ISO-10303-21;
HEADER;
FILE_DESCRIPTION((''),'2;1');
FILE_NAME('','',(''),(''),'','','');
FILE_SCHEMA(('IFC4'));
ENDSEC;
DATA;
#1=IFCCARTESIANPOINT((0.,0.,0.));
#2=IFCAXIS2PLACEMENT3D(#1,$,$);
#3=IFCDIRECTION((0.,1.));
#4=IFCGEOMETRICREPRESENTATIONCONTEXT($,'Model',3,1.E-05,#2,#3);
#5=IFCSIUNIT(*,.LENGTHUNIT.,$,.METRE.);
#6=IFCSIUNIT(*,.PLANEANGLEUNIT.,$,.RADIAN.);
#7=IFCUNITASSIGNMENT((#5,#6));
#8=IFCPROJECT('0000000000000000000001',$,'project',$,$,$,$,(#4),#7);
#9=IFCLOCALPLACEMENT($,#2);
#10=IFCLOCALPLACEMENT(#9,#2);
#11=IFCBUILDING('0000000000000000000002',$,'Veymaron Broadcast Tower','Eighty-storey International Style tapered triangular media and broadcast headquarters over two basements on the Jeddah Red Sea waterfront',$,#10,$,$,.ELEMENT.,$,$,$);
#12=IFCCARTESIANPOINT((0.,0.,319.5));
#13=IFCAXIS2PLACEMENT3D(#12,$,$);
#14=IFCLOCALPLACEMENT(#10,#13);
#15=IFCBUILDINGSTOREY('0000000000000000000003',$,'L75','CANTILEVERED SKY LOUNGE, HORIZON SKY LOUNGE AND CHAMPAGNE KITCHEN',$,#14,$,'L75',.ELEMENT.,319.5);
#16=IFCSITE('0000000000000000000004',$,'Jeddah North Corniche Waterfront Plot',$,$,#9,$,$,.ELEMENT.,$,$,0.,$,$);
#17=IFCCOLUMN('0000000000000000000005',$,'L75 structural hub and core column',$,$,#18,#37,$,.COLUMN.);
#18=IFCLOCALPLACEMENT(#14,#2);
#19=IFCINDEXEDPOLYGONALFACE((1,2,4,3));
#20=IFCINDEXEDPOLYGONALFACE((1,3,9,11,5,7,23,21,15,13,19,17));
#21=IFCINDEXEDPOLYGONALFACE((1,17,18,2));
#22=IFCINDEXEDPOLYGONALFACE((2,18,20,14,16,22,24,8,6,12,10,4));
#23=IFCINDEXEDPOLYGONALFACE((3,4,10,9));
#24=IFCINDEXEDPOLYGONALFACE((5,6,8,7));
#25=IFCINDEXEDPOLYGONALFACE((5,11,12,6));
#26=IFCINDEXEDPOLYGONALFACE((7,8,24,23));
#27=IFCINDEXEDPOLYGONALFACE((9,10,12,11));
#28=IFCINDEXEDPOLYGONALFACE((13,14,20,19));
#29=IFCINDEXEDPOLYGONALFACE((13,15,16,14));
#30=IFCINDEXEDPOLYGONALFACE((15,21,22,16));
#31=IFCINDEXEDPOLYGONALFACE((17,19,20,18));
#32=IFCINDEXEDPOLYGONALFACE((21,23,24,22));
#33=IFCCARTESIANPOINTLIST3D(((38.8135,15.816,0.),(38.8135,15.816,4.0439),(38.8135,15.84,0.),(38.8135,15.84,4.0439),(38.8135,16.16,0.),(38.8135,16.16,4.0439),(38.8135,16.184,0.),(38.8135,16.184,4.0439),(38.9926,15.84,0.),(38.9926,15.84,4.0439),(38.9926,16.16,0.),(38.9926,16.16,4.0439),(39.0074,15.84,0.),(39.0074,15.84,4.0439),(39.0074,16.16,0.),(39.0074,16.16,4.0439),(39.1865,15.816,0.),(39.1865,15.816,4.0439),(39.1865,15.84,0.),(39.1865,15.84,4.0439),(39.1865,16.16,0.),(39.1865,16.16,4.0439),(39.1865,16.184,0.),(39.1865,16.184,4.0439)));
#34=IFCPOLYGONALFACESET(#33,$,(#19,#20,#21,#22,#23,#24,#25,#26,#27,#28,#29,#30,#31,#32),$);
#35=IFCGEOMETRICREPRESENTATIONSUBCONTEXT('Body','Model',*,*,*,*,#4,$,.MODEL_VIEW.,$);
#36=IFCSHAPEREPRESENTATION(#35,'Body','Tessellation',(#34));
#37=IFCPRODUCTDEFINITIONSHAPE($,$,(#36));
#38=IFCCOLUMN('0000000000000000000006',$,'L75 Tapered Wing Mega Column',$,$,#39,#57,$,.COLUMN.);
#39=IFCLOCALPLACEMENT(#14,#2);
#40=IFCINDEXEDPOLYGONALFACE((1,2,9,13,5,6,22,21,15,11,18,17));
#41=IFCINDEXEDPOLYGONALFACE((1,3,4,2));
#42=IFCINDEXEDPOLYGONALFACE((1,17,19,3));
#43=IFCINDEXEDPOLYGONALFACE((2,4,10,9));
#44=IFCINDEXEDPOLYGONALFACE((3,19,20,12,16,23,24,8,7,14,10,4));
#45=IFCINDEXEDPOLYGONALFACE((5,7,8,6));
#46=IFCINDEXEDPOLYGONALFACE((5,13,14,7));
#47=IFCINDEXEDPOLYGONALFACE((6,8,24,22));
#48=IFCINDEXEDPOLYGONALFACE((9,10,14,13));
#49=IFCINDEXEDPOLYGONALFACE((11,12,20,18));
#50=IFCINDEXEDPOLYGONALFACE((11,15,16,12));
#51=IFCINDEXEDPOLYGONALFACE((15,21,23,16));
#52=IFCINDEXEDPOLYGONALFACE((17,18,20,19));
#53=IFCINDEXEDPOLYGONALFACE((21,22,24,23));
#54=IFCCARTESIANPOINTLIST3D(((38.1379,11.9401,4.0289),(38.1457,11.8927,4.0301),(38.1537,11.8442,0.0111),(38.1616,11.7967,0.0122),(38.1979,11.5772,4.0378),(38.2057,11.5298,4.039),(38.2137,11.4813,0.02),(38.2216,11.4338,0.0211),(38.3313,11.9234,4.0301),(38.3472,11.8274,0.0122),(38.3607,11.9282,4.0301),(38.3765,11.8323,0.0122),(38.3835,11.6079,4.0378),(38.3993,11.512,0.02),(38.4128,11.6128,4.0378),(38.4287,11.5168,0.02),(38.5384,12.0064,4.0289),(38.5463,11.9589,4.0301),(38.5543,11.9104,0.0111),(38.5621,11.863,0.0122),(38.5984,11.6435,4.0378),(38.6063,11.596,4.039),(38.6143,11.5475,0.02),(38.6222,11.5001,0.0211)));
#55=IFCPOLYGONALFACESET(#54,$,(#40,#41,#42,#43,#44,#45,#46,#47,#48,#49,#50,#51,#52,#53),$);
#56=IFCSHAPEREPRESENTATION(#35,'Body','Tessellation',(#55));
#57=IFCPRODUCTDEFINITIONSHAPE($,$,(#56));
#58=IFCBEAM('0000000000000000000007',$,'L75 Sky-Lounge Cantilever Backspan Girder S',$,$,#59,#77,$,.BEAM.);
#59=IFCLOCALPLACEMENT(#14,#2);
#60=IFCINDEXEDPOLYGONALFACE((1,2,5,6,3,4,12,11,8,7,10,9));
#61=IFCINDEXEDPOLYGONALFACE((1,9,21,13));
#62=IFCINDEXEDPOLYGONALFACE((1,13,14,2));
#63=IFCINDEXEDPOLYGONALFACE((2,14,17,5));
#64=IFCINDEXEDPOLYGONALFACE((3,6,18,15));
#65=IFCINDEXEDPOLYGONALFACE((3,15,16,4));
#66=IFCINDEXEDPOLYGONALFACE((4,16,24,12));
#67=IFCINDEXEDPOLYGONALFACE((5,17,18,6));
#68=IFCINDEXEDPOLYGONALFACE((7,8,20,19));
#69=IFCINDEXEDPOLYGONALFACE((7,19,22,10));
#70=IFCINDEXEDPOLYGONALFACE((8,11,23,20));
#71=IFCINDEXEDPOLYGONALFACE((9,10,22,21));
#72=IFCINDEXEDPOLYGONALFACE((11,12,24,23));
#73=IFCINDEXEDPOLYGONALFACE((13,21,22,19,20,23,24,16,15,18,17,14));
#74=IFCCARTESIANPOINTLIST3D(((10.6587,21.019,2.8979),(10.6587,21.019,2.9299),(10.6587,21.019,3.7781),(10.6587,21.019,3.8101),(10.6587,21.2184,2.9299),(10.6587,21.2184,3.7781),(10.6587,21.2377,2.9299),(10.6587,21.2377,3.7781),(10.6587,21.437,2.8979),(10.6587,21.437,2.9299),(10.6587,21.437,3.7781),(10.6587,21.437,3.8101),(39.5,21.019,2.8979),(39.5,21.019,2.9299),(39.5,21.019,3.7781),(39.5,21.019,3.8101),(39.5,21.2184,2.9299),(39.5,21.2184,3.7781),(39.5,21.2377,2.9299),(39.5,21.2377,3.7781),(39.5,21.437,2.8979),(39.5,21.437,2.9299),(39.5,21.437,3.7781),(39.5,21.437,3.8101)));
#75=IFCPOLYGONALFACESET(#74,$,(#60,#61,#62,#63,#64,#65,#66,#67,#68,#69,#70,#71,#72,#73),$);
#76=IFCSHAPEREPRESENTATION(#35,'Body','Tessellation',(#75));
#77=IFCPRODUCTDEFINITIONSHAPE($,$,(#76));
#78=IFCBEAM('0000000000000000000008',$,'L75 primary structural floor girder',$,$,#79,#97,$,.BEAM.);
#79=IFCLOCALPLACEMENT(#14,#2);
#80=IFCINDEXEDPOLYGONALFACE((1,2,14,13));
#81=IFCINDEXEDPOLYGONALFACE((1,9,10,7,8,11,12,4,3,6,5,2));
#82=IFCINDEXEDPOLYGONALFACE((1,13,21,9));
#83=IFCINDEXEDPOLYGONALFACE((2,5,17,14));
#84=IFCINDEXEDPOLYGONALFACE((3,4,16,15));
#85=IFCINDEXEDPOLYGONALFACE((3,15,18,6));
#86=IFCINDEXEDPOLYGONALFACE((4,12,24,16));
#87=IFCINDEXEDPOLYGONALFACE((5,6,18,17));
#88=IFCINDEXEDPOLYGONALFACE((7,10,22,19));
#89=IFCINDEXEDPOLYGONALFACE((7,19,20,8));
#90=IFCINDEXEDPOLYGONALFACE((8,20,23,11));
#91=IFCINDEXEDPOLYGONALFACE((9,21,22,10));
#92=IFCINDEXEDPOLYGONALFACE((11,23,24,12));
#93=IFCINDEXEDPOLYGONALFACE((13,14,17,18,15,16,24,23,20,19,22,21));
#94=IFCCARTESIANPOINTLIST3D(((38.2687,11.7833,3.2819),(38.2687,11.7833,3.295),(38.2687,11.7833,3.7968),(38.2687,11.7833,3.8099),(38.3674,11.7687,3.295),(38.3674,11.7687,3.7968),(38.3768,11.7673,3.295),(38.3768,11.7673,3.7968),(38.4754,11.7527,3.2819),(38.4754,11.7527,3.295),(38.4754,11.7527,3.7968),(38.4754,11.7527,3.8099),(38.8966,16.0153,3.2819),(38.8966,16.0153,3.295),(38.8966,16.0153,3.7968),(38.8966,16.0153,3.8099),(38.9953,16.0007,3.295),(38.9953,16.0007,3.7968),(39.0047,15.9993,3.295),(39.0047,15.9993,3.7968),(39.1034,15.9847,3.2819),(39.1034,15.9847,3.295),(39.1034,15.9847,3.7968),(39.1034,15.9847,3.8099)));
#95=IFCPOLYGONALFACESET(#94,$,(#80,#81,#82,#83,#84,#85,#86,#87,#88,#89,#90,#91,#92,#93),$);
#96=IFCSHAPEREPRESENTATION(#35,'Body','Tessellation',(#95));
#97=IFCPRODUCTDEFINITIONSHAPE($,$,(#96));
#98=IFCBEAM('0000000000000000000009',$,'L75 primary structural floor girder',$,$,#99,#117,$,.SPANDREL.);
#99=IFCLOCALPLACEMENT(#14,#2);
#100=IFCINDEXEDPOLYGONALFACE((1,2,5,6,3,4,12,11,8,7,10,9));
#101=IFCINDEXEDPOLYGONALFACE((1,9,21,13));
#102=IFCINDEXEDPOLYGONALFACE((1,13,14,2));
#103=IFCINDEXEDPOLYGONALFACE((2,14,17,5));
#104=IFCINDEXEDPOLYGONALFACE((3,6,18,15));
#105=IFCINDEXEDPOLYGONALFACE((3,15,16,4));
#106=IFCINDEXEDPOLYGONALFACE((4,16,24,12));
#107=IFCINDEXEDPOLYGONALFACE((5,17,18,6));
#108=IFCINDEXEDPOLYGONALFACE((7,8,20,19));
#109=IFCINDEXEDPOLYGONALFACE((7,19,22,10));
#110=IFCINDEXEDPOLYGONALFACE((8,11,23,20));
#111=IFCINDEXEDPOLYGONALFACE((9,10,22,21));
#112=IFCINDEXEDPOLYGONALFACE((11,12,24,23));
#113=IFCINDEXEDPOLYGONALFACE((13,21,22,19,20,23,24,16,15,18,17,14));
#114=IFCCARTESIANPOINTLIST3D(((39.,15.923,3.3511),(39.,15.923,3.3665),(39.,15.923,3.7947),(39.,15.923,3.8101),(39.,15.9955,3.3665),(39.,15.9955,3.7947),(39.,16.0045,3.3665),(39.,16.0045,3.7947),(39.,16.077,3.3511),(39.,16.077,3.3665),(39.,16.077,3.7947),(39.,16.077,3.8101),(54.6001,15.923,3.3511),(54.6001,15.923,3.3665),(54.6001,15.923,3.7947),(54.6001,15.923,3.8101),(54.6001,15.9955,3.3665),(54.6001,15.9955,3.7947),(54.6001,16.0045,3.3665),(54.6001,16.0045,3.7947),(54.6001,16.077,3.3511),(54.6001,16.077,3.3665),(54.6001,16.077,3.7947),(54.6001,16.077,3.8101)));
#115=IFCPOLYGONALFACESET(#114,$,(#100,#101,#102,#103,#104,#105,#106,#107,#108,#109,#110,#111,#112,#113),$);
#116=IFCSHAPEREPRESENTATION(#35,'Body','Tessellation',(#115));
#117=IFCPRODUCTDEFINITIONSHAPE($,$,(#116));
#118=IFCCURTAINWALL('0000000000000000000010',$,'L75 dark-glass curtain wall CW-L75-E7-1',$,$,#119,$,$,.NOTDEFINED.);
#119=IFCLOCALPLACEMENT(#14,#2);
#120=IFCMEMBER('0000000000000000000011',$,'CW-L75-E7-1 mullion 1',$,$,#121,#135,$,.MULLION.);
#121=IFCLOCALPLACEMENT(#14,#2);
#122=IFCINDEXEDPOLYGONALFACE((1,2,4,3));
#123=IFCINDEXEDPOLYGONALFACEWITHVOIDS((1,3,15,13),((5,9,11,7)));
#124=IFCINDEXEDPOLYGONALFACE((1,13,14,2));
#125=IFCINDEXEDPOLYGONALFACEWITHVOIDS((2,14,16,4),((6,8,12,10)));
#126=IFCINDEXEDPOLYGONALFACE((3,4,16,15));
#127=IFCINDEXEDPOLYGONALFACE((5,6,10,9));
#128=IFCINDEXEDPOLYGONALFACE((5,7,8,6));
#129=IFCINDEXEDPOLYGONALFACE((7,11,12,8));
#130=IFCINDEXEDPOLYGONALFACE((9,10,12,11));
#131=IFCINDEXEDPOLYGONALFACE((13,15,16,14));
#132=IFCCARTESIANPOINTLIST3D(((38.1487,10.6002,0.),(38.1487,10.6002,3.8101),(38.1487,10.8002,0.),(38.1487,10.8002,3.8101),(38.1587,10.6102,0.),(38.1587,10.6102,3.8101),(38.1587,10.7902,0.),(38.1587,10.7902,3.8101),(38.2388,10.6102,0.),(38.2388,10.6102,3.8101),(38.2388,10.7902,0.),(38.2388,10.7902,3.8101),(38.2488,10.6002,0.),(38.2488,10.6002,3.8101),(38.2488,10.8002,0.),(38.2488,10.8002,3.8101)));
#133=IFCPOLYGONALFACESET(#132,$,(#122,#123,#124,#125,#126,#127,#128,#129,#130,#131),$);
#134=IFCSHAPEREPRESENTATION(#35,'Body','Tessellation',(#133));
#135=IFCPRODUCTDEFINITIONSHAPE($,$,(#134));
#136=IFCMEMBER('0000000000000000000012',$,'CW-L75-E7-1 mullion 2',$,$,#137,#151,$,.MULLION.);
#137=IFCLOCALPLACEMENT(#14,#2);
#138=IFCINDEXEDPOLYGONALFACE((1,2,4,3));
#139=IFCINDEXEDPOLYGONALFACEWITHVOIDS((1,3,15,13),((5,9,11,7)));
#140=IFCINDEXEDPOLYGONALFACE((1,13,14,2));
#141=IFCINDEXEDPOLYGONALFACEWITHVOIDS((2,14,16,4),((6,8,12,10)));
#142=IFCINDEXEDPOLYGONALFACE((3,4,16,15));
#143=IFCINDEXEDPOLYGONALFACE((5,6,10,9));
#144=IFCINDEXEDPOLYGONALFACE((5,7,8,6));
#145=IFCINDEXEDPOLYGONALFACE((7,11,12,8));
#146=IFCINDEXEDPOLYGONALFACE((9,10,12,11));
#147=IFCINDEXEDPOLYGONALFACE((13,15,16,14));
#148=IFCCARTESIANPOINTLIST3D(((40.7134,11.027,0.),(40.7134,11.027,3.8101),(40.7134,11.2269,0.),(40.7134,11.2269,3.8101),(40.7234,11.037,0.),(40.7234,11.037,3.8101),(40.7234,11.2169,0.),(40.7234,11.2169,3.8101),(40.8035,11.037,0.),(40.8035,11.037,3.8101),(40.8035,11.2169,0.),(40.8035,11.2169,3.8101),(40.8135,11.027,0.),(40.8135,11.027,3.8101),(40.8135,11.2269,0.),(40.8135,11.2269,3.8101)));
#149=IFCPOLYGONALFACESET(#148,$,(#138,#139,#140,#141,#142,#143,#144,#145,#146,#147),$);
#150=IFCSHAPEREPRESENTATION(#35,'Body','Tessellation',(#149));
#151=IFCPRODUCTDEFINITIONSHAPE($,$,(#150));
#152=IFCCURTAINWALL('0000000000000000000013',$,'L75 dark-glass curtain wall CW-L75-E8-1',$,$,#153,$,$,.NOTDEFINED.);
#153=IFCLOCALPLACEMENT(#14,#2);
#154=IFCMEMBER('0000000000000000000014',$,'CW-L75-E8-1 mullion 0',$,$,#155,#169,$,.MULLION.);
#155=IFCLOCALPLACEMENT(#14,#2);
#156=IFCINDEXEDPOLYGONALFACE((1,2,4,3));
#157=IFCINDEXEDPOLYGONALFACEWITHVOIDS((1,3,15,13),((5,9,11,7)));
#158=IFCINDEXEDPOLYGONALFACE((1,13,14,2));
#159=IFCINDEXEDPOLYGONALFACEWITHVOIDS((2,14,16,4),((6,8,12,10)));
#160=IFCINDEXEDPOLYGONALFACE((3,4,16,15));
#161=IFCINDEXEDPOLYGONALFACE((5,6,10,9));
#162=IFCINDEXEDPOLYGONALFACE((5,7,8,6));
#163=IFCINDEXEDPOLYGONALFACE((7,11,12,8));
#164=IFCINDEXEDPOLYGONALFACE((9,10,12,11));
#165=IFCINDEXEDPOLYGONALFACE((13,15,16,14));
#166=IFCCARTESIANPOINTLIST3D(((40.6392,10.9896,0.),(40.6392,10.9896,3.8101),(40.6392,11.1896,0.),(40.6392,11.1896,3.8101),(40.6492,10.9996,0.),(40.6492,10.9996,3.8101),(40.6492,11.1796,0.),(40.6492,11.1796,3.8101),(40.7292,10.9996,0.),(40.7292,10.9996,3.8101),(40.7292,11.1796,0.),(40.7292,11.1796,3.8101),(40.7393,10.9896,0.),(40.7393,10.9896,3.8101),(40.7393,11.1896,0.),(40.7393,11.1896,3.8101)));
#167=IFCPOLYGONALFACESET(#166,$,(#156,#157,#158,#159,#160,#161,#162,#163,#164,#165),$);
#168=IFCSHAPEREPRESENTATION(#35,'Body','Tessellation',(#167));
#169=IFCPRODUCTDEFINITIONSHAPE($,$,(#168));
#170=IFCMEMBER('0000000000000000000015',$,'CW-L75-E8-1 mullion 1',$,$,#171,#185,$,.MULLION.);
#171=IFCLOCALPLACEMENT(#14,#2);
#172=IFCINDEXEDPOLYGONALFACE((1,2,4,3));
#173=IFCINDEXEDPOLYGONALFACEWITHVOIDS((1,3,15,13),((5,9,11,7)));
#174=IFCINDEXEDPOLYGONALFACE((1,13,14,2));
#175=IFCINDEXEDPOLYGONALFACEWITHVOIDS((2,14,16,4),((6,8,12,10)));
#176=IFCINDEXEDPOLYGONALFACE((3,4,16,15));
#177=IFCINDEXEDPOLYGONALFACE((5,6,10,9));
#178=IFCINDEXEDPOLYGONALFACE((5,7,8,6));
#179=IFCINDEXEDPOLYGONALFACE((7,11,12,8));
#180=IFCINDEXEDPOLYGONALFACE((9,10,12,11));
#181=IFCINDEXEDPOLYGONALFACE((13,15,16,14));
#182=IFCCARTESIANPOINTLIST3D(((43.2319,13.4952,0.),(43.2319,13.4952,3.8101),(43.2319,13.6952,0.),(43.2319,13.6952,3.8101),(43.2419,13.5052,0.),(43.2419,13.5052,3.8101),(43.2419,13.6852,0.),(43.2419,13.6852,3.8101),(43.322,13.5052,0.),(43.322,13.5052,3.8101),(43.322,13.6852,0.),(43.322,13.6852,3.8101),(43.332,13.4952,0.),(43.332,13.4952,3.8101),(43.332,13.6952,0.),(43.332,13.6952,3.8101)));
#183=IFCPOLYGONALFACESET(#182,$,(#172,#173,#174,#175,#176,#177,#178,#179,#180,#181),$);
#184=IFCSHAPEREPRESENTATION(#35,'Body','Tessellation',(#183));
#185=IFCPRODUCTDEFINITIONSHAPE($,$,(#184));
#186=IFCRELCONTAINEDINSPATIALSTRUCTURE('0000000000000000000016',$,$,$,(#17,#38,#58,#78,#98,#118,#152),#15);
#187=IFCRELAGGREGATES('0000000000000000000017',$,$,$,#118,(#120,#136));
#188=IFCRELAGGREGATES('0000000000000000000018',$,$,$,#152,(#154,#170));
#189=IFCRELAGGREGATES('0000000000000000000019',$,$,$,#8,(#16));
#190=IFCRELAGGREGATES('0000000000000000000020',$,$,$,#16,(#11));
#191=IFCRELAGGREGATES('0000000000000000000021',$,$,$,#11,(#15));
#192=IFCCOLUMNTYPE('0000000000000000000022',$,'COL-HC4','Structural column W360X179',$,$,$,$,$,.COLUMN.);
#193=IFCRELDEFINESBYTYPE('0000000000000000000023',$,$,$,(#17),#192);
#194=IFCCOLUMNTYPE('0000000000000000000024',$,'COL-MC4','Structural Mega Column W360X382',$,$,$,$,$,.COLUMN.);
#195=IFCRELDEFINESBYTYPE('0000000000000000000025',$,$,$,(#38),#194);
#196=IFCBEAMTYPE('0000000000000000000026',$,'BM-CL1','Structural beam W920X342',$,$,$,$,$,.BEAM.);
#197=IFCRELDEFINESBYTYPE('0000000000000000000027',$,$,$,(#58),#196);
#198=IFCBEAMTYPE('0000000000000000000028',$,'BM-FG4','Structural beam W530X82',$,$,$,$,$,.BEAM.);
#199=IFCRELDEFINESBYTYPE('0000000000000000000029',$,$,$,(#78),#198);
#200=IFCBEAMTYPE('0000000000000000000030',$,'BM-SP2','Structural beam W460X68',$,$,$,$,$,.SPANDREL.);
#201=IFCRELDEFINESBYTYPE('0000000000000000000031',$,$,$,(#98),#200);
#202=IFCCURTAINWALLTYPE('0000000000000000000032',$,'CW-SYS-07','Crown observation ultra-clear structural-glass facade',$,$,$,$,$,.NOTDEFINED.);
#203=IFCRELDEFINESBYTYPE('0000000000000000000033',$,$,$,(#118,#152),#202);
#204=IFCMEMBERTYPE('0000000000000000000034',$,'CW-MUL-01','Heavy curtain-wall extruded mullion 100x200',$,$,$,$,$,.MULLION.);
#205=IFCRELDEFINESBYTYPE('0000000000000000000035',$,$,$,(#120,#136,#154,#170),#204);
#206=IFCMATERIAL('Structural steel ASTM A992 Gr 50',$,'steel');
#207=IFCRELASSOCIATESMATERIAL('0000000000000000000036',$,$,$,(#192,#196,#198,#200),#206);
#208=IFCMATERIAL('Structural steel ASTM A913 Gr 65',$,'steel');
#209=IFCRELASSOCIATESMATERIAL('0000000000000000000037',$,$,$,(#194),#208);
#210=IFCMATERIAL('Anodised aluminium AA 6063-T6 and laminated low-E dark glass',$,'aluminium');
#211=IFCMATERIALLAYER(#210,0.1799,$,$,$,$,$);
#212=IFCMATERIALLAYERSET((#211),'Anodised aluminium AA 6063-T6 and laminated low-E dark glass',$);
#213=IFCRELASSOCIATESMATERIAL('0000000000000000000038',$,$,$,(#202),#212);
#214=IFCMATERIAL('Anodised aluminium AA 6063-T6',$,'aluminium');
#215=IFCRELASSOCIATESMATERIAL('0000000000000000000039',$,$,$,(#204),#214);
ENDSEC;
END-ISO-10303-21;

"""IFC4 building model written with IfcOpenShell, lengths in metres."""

from ifc_helpers import new_model, si_unit, direction, frame, origin, origin_2d, place, context, subcontext, project, spatial, hollow_rectangle, i_section, extrude, material, layer, layer_set, material_profile, profile_set, type_object, element, aggregate, save


model = new_model("IFC4")

# Units and contexts
model_context = context("Model", 3, precision=1e-05, world=origin(), true_north=direction((0.0, 1.0)))
body_context = subcontext(model_context, "Body", "Model", "MODEL_VIEW")
ifc_project = project(units=[si_unit("LENGTHUNIT", "METRE"), si_unit("PLANEANGLEUNIT", "RADIAN")], contexts=[model_context])

# Site, building, storey
site_placement = place(None, origin())
site = spatial("IfcSite", under=ifc_project, at=site_placement, Name="Jeddah North Corniche Waterfront Plot", CompositionType="ELEMENT", RefElevation=0.0)
building_placement = place(site_placement, origin())
building = spatial("IfcBuilding", under=site, at=building_placement, Name="Veymaron Broadcast Tower", Description="Eighty-storey International Style tapered triangular media and broadcast headquarters over two basements on the Jeddah Red Sea waterfront", CompositionType="ELEMENT")
storey_placement = place(building_placement, frame((0.0, 0.0, 319.5)))
storey = spatial("IfcBuildingStorey", under=building, at=storey_placement, Name="L75", Description="CANTILEVERED SKY LOUNGE, HORIZON SKY LOUNGE AND CHAMPAGNE KITCHEN", LongName="L75", CompositionType="ELEMENT", Elevation=319.5)

# Columns
ifc_material_1 = material(Name="Structural steel ASTM A992 Gr 50", Category="steel")
ifc_material_profile_1 = material_profile(ifc_material_1, i_section(OverallWidth=0.373, OverallDepth=0.3679, WebThickness=0.0149, FlangeThickness=0.0239, at=origin_2d()), Name="W360X179")
ifc_profile_set_1 = profile_set([ifc_material_profile_1], Name="Structural steel ASTM A992 Gr 50")
column_type_1 = type_object("IfcColumnType", Name="COL-HC4", Description="Structural column W360X179", PredefinedType="COLUMN", material=ifc_profile_set_1)
column_1_placement = place(storey_placement, frame((39.0, 16.0, 0.0), z_axis=(0.0, 0.0, 1.0), x_axis=(1.0, 0.0, 0.0)))
element("IfcColumn", 1, at=column_1_placement, inside=storey, type_object=column_type_1, Name="L75 structural hub and core column", PredefinedType="COLUMN", context=body_context, shape_type="SweptSolid", body=[
    extrude(i_section(OverallWidth=0.373, OverallDepth=0.3679, WebThickness=0.0149, FlangeThickness=0.0239, at=origin_2d()), origin(), (0.0, 0.0, 1.0), 4.0439),
])
ifc_material_2 = material(Name="Structural steel ASTM A913 Gr 65", Category="steel")
ifc_material_profile_2 = material_profile(ifc_material_2, i_section(OverallWidth=0.406, OverallDepth=0.416, WebThickness=0.0298, FlangeThickness=0.0481, at=origin_2d()), Name="W360X382")
ifc_profile_set_2 = profile_set([ifc_material_profile_2], Name="Structural steel ASTM A913 Gr 65")
column_type_2 = type_object("IfcColumnType", Name="COL-MC4", Description="Structural Mega Column W360X382", PredefinedType="COLUMN", material=ifc_profile_set_2)
column_2_placement = place(storey_placement, frame((38.3879, 11.6721, 0.0161), z_axis=(-0.003949, 0.023873, 0.999707), x_axis=(-0.986597, -0.163178, 0.0)))
element("IfcColumn", 2, at=column_2_placement, inside=storey, type_object=column_type_2, Name="L75 Tapered Wing Mega Column", PredefinedType="COLUMN", context=body_context, shape_type="SweptSolid", body=[
    extrude(i_section(OverallWidth=0.406, OverallDepth=0.416, WebThickness=0.0298, FlangeThickness=0.0481, at=origin_2d()), origin(), (0.0, 0.0, 1.0), 4.019),
])

# Beams
ifc_material_profile_3 = material_profile(ifc_material_1, i_section(OverallWidth=0.418, OverallDepth=0.9121, WebThickness=0.0193, FlangeThickness=0.032, at=origin_2d()), Name="W920X342")
ifc_profile_set_3 = profile_set([ifc_material_profile_3], Name="Structural steel ASTM A992 Gr 50")
beam_type_1 = type_object("IfcBeamType", Name="BM-CL1", Description="Structural beam W920X342", PredefinedType="BEAM", material=ifc_profile_set_3)
beam_1_placement = place(storey_placement, frame((39.5, 21.228, 3.354), z_axis=(-1.0, 0.0, 0.0), x_axis=(0.0, -1.0, 0.0)))
element("IfcBeam", 3, at=beam_1_placement, inside=storey, type_object=beam_type_1, Name="L75 Sky-Lounge Cantilever Backspan Girder S", PredefinedType="BEAM", context=body_context, shape_type="SweptSolid", body=[
    extrude(i_section(OverallWidth=0.418, OverallDepth=0.9121, WebThickness=0.0193, FlangeThickness=0.032, at=origin_2d()), origin(), (0.0, 0.0, 1.0), 28.8413),
])
ifc_material_profile_4 = material_profile(ifc_material_1, i_section(OverallWidth=0.209, OverallDepth=0.5281, WebThickness=0.0095, FlangeThickness=0.0132, at=origin_2d()), Name="W530X82")
ifc_profile_set_4 = profile_set([ifc_material_profile_4], Name="Structural steel ASTM A992 Gr 50")
beam_type_2 = type_object("IfcBeamType", Name="BM-FG4", Description="Structural beam W530X82", PredefinedType="BEAM", material=ifc_profile_set_4)
beam_2_placement = place(storey_placement, frame((39.0, 16.0, 3.5459), z_axis=(-0.146772, -0.98917, 0.0), x_axis=(0.98917, -0.146772, 0.0)))
element("IfcBeam", 4, at=beam_2_placement, inside=storey, type_object=beam_type_2, Name="L75 primary structural floor girder", PredefinedType="BEAM", context=body_context, shape_type="SweptSolid", body=[
    extrude(i_section(OverallWidth=0.209, OverallDepth=0.5281, WebThickness=0.0095, FlangeThickness=0.0132, at=origin_2d()), origin(), (0.0, 0.0, 1.0), 4.2783),
])
ifc_material_profile_5 = material_profile(ifc_material_1, i_section(OverallWidth=0.1541, OverallDepth=0.459, WebThickness=0.009, FlangeThickness=0.0154, at=origin_2d()), Name="W460X68")
ifc_profile_set_5 = profile_set([ifc_material_profile_5], Name="Structural steel ASTM A992 Gr 50")
beam_type_3 = type_object("IfcBeamType", Name="BM-SP2", Description="Structural beam W460X68", PredefinedType="SPANDREL", material=ifc_profile_set_5)
beam_3_placement = place(storey_placement, frame((39.0, 16.0, 3.5806), z_axis=(1.0, 0.0, 0.0), x_axis=(0.0, 1.0, 0.0)))
element("IfcBeam", 5, at=beam_3_placement, inside=storey, type_object=beam_type_3, Name="L75 primary structural floor girder", PredefinedType="SPANDREL", context=body_context, shape_type="SweptSolid", body=[
    extrude(i_section(OverallWidth=0.1541, OverallDepth=0.459, WebThickness=0.009, FlangeThickness=0.0154, at=origin_2d()), origin(), (0.0, 0.0, 1.0), 15.6001),
])

# Curtain walls, members
ifc_material_3 = material(Name="Anodised aluminium AA 6063-T6 and laminated low-E dark glass", Category="aluminium")
ifc_layer_1 = layer(ifc_material_3, 0.1799)
ifc_layer_set_1 = layer_set([ifc_layer_1], Name="Anodised aluminium AA 6063-T6 and laminated low-E dark glass")
curtain_wall_type = type_object("IfcCurtainWallType", Name="CW-SYS-07", Description="Crown observation ultra-clear structural-glass facade", PredefinedType="NOTDEFINED", material=ifc_layer_set_1)
curtain_wall_1_placement = place(storey_placement, origin())
curtain_wall_1 = element("IfcCurtainWall", 6, at=curtain_wall_1_placement, inside=storey, type_object=curtain_wall_type, Name="L75 dark-glass curtain wall CW-L75-E7-1", PredefinedType="NOTDEFINED")
ifc_material_4 = material(Name="Anodised aluminium AA 6063-T6", Category="aluminium")
ifc_material_profile_6 = material_profile(ifc_material_4, hollow_rectangle(XDim=0.1001, YDim=0.2, WallThickness=0.01, at=origin_2d()), Name="RHS200X100X10")
ifc_profile_set_6 = profile_set([ifc_material_profile_6], Name="Anodised aluminium AA 6063-T6")
member_type_1 = type_object("IfcMemberType", Name="CW-MUL-01", Description="Heavy curtain-wall extruded mullion 100x200", PredefinedType="MULLION", material=ifc_profile_set_6)
member_1_placement = place(storey_placement, frame((38.1987, 10.7002, 0.0), z_axis=(0.0, 0.0, 1.0), x_axis=(1.0, 0.0, 0.0)))
member_1 = element("IfcMember", 7, at=member_1_placement, type_object=member_type_1, Name="CW-L75-E7-1 mullion 1", PredefinedType="MULLION", context=body_context, shape_type="SweptSolid", body=[
    extrude(hollow_rectangle(XDim=0.1001, YDim=0.2, WallThickness=0.01, at=origin_2d()), origin(), (0.0, 0.0, 1.0), 3.8101),
])
member_2_placement = place(storey_placement, frame((40.7634, 11.127, 0.0), z_axis=(0.0, 0.0, 1.0), x_axis=(1.0, 0.0, 0.0)))
member_2 = element("IfcMember", 8, at=member_2_placement, type_object=member_type_1, Name="CW-L75-E7-1 mullion 2", PredefinedType="MULLION", context=body_context, shape_type="SweptSolid", body=[
    extrude(hollow_rectangle(XDim=0.1001, YDim=0.2, WallThickness=0.01, at=origin_2d()), origin(), (0.0, 0.0, 1.0), 3.8101),
])
curtain_wall_2_placement = place(storey_placement, origin())
curtain_wall_2 = element("IfcCurtainWall", 9, at=curtain_wall_2_placement, inside=storey, type_object=curtain_wall_type, Name="L75 dark-glass curtain wall CW-L75-E8-1", PredefinedType="NOTDEFINED")
member_3_placement = place(storey_placement, frame((40.6892, 11.0896, 0.0), z_axis=(0.0, 0.0, 1.0), x_axis=(1.0, 0.0, 0.0)))
member_3 = element("IfcMember", 10, at=member_3_placement, type_object=member_type_1, Name="CW-L75-E8-1 mullion 0", PredefinedType="MULLION", context=body_context, shape_type="SweptSolid", body=[
    extrude(hollow_rectangle(XDim=0.1001, YDim=0.2, WallThickness=0.01, at=origin_2d()), origin(), (0.0, 0.0, 1.0), 3.8101),
])
member_4_placement = place(storey_placement, frame((43.282, 13.5952, 0.0), z_axis=(0.0, 0.0, 1.0), x_axis=(1.0, 0.0, 0.0)))
member_4 = element("IfcMember", 11, at=member_4_placement, type_object=member_type_1, Name="CW-L75-E8-1 mullion 1", PredefinedType="MULLION", context=body_context, shape_type="SweptSolid", body=[
    extrude(hollow_rectangle(XDim=0.1001, YDim=0.2, WallThickness=0.01, at=origin_2d()), origin(), (0.0, 0.0, 1.0), 3.8101),
])

aggregate(curtain_wall_1, [member_1, member_2])
aggregate(curtain_wall_2, [member_3, member_4])

save(model, "model.ifc")
